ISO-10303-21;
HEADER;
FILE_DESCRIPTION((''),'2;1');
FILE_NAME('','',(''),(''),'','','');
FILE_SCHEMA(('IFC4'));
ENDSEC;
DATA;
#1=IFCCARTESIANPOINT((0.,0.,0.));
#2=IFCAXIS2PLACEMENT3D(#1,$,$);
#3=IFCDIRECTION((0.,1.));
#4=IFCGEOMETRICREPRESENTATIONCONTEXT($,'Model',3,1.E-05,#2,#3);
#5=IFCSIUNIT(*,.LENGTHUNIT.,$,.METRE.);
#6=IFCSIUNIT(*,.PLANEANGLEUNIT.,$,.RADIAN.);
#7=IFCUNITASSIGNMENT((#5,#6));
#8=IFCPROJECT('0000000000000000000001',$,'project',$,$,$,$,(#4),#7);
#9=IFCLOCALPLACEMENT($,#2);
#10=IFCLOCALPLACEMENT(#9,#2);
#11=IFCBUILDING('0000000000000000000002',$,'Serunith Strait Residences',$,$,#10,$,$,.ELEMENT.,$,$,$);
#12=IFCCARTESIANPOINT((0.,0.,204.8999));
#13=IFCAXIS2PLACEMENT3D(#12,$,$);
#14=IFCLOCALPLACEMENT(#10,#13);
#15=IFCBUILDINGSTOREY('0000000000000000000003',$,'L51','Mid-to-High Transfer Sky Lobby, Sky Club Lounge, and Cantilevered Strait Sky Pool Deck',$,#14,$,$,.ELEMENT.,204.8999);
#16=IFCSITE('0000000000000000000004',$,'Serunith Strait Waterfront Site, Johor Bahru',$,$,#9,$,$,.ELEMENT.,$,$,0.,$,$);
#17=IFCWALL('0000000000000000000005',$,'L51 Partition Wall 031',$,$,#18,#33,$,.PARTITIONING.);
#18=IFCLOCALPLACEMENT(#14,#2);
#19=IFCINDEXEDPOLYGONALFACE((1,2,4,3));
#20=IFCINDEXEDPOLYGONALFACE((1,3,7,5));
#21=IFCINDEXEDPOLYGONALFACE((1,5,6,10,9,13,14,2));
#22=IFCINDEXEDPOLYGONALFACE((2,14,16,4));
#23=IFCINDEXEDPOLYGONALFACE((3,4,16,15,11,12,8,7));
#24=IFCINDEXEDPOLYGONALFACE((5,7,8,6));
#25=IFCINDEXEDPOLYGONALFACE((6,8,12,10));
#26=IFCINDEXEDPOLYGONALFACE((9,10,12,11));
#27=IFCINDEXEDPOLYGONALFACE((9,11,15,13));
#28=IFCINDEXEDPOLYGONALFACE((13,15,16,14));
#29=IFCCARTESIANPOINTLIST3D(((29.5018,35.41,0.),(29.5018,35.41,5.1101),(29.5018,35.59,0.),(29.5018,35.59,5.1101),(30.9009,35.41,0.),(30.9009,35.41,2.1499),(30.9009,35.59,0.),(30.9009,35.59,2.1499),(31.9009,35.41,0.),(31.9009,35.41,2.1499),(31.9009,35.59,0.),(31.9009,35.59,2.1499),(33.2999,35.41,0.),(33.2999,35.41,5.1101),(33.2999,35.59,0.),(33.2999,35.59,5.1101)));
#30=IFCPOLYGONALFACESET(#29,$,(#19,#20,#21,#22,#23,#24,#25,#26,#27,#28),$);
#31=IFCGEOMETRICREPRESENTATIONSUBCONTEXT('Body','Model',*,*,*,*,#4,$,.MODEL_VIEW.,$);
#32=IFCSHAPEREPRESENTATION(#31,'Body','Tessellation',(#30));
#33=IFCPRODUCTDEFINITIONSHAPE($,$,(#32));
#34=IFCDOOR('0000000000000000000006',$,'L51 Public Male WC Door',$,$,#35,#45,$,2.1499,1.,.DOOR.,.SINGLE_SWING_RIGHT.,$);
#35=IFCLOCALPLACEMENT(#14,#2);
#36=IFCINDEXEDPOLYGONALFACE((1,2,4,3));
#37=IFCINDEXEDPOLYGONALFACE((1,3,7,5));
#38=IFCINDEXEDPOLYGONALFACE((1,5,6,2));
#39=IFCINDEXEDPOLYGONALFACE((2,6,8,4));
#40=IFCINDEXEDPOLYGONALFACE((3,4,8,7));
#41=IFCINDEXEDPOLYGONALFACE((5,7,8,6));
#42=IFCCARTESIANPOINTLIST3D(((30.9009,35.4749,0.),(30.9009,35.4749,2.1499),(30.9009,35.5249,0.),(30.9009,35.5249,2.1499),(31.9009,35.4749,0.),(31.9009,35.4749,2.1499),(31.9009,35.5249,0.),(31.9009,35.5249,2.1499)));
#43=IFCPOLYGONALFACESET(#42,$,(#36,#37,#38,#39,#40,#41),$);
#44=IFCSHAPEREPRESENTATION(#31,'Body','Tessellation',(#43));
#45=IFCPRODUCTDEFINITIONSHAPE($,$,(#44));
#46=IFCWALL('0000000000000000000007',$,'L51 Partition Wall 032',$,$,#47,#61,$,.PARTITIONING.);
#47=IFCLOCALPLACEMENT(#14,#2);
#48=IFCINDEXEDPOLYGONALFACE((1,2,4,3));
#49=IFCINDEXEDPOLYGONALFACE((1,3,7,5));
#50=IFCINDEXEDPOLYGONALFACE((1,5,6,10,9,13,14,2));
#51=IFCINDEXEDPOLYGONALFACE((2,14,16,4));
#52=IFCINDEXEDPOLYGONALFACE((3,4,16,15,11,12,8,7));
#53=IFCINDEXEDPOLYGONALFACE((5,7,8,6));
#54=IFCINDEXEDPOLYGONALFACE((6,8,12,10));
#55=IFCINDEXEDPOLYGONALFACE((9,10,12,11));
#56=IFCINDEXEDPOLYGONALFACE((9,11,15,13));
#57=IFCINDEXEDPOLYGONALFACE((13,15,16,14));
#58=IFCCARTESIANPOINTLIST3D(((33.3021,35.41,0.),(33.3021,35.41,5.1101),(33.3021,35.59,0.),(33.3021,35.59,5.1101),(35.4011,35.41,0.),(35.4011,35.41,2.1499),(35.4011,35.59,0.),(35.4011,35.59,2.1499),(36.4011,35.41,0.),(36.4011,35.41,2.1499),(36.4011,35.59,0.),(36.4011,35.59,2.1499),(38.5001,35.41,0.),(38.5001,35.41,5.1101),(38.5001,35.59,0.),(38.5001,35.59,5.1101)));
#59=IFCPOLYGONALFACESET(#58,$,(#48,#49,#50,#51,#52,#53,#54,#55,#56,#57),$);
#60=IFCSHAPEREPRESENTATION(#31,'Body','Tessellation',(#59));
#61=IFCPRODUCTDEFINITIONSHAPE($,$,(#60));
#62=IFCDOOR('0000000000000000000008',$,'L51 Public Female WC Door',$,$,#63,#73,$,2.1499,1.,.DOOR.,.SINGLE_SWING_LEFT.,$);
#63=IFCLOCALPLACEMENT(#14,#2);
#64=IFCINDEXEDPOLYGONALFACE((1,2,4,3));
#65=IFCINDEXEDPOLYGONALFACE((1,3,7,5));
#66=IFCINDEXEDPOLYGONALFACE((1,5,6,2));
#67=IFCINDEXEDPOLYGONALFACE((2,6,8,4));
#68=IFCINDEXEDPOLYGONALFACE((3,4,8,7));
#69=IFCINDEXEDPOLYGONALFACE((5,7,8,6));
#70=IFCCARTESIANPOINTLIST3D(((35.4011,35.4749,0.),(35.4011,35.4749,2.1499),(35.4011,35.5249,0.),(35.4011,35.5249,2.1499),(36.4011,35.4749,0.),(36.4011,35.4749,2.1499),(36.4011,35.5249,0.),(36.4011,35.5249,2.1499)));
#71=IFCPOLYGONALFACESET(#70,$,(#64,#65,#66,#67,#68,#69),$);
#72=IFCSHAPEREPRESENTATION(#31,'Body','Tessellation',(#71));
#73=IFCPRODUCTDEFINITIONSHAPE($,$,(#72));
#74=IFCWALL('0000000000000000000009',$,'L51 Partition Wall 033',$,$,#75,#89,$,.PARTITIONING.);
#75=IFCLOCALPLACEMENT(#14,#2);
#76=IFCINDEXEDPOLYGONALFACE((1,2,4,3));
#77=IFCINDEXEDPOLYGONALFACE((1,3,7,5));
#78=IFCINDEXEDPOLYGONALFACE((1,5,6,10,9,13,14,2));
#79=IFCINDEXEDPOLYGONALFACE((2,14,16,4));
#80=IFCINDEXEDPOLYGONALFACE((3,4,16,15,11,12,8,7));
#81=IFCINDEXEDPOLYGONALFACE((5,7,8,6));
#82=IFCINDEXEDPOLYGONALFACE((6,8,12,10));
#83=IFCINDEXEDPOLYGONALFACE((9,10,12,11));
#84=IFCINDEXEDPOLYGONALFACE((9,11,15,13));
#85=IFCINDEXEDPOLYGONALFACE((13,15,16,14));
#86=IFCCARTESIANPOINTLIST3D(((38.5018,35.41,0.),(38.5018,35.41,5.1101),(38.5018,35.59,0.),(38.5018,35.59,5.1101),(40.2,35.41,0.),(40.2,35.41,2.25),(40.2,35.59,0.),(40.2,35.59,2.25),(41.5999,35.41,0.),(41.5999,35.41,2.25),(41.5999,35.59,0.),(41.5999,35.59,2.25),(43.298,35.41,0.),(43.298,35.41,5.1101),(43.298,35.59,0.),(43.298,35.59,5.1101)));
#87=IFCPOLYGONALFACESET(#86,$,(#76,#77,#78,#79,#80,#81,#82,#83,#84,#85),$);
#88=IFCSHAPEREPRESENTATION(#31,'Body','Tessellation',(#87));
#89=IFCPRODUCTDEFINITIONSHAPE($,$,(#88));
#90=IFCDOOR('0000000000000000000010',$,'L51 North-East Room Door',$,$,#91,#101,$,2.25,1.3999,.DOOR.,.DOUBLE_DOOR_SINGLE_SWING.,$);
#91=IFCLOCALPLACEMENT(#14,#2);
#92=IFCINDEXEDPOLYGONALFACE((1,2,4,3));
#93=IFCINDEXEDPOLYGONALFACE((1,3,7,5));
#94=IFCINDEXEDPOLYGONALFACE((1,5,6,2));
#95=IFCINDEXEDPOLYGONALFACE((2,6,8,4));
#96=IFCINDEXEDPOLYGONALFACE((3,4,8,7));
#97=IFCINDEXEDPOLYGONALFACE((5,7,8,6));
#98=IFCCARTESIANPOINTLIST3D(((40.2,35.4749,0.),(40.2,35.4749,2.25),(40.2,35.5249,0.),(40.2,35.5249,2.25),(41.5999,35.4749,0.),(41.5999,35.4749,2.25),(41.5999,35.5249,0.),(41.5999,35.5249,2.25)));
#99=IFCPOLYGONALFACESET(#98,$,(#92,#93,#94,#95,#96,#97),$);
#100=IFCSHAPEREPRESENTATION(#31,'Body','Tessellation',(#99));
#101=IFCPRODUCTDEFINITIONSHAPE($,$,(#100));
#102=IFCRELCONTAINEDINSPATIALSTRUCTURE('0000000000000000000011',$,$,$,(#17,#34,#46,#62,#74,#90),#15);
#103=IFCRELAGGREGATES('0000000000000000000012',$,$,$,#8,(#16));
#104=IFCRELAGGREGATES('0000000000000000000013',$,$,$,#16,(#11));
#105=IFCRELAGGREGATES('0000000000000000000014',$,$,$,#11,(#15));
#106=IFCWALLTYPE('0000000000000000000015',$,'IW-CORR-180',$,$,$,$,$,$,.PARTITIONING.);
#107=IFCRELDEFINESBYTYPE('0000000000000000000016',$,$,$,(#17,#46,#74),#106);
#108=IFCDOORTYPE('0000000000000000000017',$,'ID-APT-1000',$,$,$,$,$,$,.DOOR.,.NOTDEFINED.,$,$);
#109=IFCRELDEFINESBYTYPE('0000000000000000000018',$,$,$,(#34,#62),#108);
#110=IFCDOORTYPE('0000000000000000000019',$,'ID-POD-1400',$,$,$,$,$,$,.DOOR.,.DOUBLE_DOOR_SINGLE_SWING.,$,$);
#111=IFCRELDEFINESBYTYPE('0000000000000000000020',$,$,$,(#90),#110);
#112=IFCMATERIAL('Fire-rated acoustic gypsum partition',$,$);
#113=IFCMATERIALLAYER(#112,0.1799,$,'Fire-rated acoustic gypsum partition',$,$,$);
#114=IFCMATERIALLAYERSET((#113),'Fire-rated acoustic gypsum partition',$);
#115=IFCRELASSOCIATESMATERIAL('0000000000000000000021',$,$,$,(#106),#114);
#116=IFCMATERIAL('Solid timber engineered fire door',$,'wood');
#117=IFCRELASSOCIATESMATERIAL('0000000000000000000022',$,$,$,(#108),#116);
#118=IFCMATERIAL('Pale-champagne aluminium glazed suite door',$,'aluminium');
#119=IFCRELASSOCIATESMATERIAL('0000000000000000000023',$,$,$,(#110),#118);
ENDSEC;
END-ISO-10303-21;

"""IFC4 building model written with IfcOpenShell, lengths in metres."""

from ifc_helpers import new_model, si_unit, direction, frame, frame_2d, origin, place, context, subcontext, project, spatial, rectangle, extrude, source, transform, mapped, material, layer, layer_set, type_object, element, fill, save


model = new_model("IFC4")

# Units and contexts
model_context = context("Model", 3, precision=1e-05, world=origin(), true_north=direction((0.0, 1.0)))
body_context = subcontext(model_context, "Body", "Model", "MODEL_VIEW")
ifc_project = project(units=[si_unit("LENGTHUNIT", "METRE"), si_unit("PLANEANGLEUNIT", "RADIAN")], contexts=[model_context])

# Site, building, storey
site_placement = place(None, origin())
site = spatial("IfcSite", under=ifc_project, at=site_placement, Name="Serunith Strait Waterfront Site, Johor Bahru", CompositionType="ELEMENT", RefElevation=0.0)
building_placement = place(site_placement, origin())
building = spatial("IfcBuilding", under=site, at=building_placement, Name="Serunith Strait Residences", CompositionType="ELEMENT")
storey_placement = place(building_placement, frame((0.0, 0.0, 204.8999)))
storey = spatial("IfcBuildingStorey", under=building, at=storey_placement, Name="L51", Description="Mid-to-High Transfer Sky Lobby, Sky Club Lounge, and Cantilevered Strait Sky Pool Deck", CompositionType="ELEMENT", Elevation=204.8999)

# Shared definitions
ifc_material_1 = material(Name="Fire-rated acoustic gypsum partition")
ifc_layer_1 = layer(ifc_material_1, 0.1799, Name="Fire-rated acoustic gypsum partition")
ifc_layer_set_1 = layer_set([ifc_layer_1], Name="Fire-rated acoustic gypsum partition")
wall_type = type_object("IfcWallType", Name="IW-CORR-180", PredefinedType="PARTITIONING", material=ifc_layer_set_1)

# Walls, openings, doors
wall_1_placement = place(storey_placement, frame((29.502, 35.5, 0.0), z_axis=(0.0, 0.0, 1.0), x_axis=(1.0, 0.0, 0.0)))
wall_1 = element("IfcWall", 1, at=wall_1_placement, inside=storey, type_object=wall_type, Name="L51 Partition Wall 031", PredefinedType="PARTITIONING", context=body_context, shape_type="SweptSolid", body=[
    extrude(rectangle(XDim=3.7981, YDim=0.1799, at=frame_2d((1.8989, 0.0))), origin(), (0.0, 0.0, 1.0), 5.1101),
])
opening_1_placement = place(wall_1_placement, frame((1.3989, 0.0, 0.0)))
opening_1 = element("IfcOpeningElement", 2, at=opening_1_placement, cuts=wall_1, PredefinedType="OPENING", context=body_context, shape_type="SweptSolid", body=[
    extrude(rectangle(XDim=1.0, YDim=2.1499, at=frame_2d((0.5, 1.075))), frame((0.0, 0.1001, 0.0), z_axis=(0.0, -1.0, 0.0), x_axis=(1.0, 0.0, 0.0)), (0.0, 0.0, 1.0), 0.2),
])
ifc_material_2 = material(Name="Solid timber engineered fire door", Category="wood")
door_type_1 = type_object("IfcDoorType", Name="ID-APT-1000", OperationType="NOTDEFINED", PredefinedType="DOOR", material=ifc_material_2)
shared_shape_1 = source(origin(), body_context, "Body", "SweptSolid", [
    extrude(rectangle(XDim=1.0, YDim=2.1499, at=frame_2d((0.5, 1.075))), frame((0.0, 0.0249, 0.0), z_axis=(0.0, -1.0, 0.0), x_axis=(1.0, 0.0, 0.0)), (0.0, 0.0, 1.0), 0.05),
])
door_1_placement = place(opening_1_placement, origin())
door_1 = element("IfcDoor", 3, at=door_1_placement, inside=storey, type_object=door_type_1, Name="L51 Public Male WC Door", OperationType="SINGLE_SWING_RIGHT", OverallHeight=2.1499, OverallWidth=1.0, PredefinedType="DOOR", context=body_context, shape_type="MappedRepresentation", body=[
    mapped(shared_shape_1, transform((0.0, 0.0, 0.0), scale=1.0)),
])
fill(opening_1, door_1)
wall_2_placement = place(storey_placement, frame((33.302, 35.5, 0.0), z_axis=(0.0, 0.0, 1.0), x_axis=(1.0, 0.0, 0.0)))
wall_2 = element("IfcWall", 4, at=wall_2_placement, inside=storey, type_object=wall_type, Name="L51 Partition Wall 032", PredefinedType="PARTITIONING", context=body_context, shape_type="SweptSolid", body=[
    extrude(rectangle(XDim=5.198, YDim=0.1799, at=frame_2d((2.5991, 0.0))), origin(), (0.0, 0.0, 1.0), 5.1101),
])
opening_2_placement = place(wall_2_placement, frame((2.0991, 0.0, 0.0)))
opening_2 = element("IfcOpeningElement", 5, at=opening_2_placement, cuts=wall_2, PredefinedType="OPENING", context=body_context, shape_type="SweptSolid", body=[
    extrude(rectangle(XDim=1.0, YDim=2.1499, at=frame_2d((0.5, 1.075))), frame((0.0, 0.1001, 0.0), z_axis=(0.0, -1.0, 0.0), x_axis=(1.0, 0.0, 0.0)), (0.0, 0.0, 1.0), 0.2),
])
door_2_placement = place(opening_2_placement, origin())
door_2 = element("IfcDoor", 6, at=door_2_placement, inside=storey, type_object=door_type_1, Name="L51 Public Female WC Door", OperationType="SINGLE_SWING_LEFT", OverallHeight=2.1499, OverallWidth=1.0, PredefinedType="DOOR", context=body_context, shape_type="MappedRepresentation", body=[
    mapped(shared_shape_1, transform((0.0, 0.0, 0.0), scale=1.0)),
])
fill(opening_2, door_2)
wall_3_placement = place(storey_placement, frame((38.502, 35.5, 0.0), z_axis=(0.0, 0.0, 1.0), x_axis=(1.0, 0.0, 0.0)))
wall_3 = element("IfcWall", 7, at=wall_3_placement, inside=storey, type_object=wall_type, Name="L51 Partition Wall 033", PredefinedType="PARTITIONING", context=body_context, shape_type="SweptSolid", body=[
    extrude(rectangle(XDim=4.7961, YDim=0.1799, at=frame_2d((2.3979, 0.0))), origin(), (0.0, 0.0, 1.0), 5.1101),
])
opening_3_placement = place(wall_3_placement, frame((1.698, 0.0, 0.0)))
opening_3 = element("IfcOpeningElement", 8, at=opening_3_placement, cuts=wall_3, PredefinedType="OPENING", context=body_context, shape_type="SweptSolid", body=[
    extrude(rectangle(XDim=1.3999, YDim=2.25, at=frame_2d((0.7, 1.125))), frame((0.0, 0.1001, 0.0), z_axis=(0.0, -1.0, 0.0), x_axis=(1.0, 0.0, 0.0)), (0.0, 0.0, 1.0), 0.2),
])
ifc_material_3 = material(Name="Pale-champagne aluminium glazed suite door", Category="aluminium")
door_type_2 = type_object("IfcDoorType", Name="ID-POD-1400", OperationType="DOUBLE_DOOR_SINGLE_SWING", PredefinedType="DOOR", material=ifc_material_3)
shared_shape_2 = source(origin(), body_context, "Body", "SweptSolid", [
    extrude(rectangle(XDim=1.3999, YDim=2.25, at=frame_2d((0.7, 1.125))), frame((0.0, 0.0249, 0.0), z_axis=(0.0, -1.0, 0.0), x_axis=(1.0, 0.0, 0.0)), (0.0, 0.0, 1.0), 0.05),
])
door_3_placement = place(opening_3_placement, origin())
door_3 = element("IfcDoor", 9, at=door_3_placement, inside=storey, type_object=door_type_2, Name="L51 North-East Room Door", OperationType="DOUBLE_DOOR_SINGLE_SWING", OverallHeight=2.25, OverallWidth=1.3999, PredefinedType="DOOR", context=body_context, shape_type="MappedRepresentation", body=[
    mapped(shared_shape_2, transform((0.0, 0.0, 0.0), scale=1.0)),
])
fill(opening_3, door_3)

save(model, "model.ifc")
